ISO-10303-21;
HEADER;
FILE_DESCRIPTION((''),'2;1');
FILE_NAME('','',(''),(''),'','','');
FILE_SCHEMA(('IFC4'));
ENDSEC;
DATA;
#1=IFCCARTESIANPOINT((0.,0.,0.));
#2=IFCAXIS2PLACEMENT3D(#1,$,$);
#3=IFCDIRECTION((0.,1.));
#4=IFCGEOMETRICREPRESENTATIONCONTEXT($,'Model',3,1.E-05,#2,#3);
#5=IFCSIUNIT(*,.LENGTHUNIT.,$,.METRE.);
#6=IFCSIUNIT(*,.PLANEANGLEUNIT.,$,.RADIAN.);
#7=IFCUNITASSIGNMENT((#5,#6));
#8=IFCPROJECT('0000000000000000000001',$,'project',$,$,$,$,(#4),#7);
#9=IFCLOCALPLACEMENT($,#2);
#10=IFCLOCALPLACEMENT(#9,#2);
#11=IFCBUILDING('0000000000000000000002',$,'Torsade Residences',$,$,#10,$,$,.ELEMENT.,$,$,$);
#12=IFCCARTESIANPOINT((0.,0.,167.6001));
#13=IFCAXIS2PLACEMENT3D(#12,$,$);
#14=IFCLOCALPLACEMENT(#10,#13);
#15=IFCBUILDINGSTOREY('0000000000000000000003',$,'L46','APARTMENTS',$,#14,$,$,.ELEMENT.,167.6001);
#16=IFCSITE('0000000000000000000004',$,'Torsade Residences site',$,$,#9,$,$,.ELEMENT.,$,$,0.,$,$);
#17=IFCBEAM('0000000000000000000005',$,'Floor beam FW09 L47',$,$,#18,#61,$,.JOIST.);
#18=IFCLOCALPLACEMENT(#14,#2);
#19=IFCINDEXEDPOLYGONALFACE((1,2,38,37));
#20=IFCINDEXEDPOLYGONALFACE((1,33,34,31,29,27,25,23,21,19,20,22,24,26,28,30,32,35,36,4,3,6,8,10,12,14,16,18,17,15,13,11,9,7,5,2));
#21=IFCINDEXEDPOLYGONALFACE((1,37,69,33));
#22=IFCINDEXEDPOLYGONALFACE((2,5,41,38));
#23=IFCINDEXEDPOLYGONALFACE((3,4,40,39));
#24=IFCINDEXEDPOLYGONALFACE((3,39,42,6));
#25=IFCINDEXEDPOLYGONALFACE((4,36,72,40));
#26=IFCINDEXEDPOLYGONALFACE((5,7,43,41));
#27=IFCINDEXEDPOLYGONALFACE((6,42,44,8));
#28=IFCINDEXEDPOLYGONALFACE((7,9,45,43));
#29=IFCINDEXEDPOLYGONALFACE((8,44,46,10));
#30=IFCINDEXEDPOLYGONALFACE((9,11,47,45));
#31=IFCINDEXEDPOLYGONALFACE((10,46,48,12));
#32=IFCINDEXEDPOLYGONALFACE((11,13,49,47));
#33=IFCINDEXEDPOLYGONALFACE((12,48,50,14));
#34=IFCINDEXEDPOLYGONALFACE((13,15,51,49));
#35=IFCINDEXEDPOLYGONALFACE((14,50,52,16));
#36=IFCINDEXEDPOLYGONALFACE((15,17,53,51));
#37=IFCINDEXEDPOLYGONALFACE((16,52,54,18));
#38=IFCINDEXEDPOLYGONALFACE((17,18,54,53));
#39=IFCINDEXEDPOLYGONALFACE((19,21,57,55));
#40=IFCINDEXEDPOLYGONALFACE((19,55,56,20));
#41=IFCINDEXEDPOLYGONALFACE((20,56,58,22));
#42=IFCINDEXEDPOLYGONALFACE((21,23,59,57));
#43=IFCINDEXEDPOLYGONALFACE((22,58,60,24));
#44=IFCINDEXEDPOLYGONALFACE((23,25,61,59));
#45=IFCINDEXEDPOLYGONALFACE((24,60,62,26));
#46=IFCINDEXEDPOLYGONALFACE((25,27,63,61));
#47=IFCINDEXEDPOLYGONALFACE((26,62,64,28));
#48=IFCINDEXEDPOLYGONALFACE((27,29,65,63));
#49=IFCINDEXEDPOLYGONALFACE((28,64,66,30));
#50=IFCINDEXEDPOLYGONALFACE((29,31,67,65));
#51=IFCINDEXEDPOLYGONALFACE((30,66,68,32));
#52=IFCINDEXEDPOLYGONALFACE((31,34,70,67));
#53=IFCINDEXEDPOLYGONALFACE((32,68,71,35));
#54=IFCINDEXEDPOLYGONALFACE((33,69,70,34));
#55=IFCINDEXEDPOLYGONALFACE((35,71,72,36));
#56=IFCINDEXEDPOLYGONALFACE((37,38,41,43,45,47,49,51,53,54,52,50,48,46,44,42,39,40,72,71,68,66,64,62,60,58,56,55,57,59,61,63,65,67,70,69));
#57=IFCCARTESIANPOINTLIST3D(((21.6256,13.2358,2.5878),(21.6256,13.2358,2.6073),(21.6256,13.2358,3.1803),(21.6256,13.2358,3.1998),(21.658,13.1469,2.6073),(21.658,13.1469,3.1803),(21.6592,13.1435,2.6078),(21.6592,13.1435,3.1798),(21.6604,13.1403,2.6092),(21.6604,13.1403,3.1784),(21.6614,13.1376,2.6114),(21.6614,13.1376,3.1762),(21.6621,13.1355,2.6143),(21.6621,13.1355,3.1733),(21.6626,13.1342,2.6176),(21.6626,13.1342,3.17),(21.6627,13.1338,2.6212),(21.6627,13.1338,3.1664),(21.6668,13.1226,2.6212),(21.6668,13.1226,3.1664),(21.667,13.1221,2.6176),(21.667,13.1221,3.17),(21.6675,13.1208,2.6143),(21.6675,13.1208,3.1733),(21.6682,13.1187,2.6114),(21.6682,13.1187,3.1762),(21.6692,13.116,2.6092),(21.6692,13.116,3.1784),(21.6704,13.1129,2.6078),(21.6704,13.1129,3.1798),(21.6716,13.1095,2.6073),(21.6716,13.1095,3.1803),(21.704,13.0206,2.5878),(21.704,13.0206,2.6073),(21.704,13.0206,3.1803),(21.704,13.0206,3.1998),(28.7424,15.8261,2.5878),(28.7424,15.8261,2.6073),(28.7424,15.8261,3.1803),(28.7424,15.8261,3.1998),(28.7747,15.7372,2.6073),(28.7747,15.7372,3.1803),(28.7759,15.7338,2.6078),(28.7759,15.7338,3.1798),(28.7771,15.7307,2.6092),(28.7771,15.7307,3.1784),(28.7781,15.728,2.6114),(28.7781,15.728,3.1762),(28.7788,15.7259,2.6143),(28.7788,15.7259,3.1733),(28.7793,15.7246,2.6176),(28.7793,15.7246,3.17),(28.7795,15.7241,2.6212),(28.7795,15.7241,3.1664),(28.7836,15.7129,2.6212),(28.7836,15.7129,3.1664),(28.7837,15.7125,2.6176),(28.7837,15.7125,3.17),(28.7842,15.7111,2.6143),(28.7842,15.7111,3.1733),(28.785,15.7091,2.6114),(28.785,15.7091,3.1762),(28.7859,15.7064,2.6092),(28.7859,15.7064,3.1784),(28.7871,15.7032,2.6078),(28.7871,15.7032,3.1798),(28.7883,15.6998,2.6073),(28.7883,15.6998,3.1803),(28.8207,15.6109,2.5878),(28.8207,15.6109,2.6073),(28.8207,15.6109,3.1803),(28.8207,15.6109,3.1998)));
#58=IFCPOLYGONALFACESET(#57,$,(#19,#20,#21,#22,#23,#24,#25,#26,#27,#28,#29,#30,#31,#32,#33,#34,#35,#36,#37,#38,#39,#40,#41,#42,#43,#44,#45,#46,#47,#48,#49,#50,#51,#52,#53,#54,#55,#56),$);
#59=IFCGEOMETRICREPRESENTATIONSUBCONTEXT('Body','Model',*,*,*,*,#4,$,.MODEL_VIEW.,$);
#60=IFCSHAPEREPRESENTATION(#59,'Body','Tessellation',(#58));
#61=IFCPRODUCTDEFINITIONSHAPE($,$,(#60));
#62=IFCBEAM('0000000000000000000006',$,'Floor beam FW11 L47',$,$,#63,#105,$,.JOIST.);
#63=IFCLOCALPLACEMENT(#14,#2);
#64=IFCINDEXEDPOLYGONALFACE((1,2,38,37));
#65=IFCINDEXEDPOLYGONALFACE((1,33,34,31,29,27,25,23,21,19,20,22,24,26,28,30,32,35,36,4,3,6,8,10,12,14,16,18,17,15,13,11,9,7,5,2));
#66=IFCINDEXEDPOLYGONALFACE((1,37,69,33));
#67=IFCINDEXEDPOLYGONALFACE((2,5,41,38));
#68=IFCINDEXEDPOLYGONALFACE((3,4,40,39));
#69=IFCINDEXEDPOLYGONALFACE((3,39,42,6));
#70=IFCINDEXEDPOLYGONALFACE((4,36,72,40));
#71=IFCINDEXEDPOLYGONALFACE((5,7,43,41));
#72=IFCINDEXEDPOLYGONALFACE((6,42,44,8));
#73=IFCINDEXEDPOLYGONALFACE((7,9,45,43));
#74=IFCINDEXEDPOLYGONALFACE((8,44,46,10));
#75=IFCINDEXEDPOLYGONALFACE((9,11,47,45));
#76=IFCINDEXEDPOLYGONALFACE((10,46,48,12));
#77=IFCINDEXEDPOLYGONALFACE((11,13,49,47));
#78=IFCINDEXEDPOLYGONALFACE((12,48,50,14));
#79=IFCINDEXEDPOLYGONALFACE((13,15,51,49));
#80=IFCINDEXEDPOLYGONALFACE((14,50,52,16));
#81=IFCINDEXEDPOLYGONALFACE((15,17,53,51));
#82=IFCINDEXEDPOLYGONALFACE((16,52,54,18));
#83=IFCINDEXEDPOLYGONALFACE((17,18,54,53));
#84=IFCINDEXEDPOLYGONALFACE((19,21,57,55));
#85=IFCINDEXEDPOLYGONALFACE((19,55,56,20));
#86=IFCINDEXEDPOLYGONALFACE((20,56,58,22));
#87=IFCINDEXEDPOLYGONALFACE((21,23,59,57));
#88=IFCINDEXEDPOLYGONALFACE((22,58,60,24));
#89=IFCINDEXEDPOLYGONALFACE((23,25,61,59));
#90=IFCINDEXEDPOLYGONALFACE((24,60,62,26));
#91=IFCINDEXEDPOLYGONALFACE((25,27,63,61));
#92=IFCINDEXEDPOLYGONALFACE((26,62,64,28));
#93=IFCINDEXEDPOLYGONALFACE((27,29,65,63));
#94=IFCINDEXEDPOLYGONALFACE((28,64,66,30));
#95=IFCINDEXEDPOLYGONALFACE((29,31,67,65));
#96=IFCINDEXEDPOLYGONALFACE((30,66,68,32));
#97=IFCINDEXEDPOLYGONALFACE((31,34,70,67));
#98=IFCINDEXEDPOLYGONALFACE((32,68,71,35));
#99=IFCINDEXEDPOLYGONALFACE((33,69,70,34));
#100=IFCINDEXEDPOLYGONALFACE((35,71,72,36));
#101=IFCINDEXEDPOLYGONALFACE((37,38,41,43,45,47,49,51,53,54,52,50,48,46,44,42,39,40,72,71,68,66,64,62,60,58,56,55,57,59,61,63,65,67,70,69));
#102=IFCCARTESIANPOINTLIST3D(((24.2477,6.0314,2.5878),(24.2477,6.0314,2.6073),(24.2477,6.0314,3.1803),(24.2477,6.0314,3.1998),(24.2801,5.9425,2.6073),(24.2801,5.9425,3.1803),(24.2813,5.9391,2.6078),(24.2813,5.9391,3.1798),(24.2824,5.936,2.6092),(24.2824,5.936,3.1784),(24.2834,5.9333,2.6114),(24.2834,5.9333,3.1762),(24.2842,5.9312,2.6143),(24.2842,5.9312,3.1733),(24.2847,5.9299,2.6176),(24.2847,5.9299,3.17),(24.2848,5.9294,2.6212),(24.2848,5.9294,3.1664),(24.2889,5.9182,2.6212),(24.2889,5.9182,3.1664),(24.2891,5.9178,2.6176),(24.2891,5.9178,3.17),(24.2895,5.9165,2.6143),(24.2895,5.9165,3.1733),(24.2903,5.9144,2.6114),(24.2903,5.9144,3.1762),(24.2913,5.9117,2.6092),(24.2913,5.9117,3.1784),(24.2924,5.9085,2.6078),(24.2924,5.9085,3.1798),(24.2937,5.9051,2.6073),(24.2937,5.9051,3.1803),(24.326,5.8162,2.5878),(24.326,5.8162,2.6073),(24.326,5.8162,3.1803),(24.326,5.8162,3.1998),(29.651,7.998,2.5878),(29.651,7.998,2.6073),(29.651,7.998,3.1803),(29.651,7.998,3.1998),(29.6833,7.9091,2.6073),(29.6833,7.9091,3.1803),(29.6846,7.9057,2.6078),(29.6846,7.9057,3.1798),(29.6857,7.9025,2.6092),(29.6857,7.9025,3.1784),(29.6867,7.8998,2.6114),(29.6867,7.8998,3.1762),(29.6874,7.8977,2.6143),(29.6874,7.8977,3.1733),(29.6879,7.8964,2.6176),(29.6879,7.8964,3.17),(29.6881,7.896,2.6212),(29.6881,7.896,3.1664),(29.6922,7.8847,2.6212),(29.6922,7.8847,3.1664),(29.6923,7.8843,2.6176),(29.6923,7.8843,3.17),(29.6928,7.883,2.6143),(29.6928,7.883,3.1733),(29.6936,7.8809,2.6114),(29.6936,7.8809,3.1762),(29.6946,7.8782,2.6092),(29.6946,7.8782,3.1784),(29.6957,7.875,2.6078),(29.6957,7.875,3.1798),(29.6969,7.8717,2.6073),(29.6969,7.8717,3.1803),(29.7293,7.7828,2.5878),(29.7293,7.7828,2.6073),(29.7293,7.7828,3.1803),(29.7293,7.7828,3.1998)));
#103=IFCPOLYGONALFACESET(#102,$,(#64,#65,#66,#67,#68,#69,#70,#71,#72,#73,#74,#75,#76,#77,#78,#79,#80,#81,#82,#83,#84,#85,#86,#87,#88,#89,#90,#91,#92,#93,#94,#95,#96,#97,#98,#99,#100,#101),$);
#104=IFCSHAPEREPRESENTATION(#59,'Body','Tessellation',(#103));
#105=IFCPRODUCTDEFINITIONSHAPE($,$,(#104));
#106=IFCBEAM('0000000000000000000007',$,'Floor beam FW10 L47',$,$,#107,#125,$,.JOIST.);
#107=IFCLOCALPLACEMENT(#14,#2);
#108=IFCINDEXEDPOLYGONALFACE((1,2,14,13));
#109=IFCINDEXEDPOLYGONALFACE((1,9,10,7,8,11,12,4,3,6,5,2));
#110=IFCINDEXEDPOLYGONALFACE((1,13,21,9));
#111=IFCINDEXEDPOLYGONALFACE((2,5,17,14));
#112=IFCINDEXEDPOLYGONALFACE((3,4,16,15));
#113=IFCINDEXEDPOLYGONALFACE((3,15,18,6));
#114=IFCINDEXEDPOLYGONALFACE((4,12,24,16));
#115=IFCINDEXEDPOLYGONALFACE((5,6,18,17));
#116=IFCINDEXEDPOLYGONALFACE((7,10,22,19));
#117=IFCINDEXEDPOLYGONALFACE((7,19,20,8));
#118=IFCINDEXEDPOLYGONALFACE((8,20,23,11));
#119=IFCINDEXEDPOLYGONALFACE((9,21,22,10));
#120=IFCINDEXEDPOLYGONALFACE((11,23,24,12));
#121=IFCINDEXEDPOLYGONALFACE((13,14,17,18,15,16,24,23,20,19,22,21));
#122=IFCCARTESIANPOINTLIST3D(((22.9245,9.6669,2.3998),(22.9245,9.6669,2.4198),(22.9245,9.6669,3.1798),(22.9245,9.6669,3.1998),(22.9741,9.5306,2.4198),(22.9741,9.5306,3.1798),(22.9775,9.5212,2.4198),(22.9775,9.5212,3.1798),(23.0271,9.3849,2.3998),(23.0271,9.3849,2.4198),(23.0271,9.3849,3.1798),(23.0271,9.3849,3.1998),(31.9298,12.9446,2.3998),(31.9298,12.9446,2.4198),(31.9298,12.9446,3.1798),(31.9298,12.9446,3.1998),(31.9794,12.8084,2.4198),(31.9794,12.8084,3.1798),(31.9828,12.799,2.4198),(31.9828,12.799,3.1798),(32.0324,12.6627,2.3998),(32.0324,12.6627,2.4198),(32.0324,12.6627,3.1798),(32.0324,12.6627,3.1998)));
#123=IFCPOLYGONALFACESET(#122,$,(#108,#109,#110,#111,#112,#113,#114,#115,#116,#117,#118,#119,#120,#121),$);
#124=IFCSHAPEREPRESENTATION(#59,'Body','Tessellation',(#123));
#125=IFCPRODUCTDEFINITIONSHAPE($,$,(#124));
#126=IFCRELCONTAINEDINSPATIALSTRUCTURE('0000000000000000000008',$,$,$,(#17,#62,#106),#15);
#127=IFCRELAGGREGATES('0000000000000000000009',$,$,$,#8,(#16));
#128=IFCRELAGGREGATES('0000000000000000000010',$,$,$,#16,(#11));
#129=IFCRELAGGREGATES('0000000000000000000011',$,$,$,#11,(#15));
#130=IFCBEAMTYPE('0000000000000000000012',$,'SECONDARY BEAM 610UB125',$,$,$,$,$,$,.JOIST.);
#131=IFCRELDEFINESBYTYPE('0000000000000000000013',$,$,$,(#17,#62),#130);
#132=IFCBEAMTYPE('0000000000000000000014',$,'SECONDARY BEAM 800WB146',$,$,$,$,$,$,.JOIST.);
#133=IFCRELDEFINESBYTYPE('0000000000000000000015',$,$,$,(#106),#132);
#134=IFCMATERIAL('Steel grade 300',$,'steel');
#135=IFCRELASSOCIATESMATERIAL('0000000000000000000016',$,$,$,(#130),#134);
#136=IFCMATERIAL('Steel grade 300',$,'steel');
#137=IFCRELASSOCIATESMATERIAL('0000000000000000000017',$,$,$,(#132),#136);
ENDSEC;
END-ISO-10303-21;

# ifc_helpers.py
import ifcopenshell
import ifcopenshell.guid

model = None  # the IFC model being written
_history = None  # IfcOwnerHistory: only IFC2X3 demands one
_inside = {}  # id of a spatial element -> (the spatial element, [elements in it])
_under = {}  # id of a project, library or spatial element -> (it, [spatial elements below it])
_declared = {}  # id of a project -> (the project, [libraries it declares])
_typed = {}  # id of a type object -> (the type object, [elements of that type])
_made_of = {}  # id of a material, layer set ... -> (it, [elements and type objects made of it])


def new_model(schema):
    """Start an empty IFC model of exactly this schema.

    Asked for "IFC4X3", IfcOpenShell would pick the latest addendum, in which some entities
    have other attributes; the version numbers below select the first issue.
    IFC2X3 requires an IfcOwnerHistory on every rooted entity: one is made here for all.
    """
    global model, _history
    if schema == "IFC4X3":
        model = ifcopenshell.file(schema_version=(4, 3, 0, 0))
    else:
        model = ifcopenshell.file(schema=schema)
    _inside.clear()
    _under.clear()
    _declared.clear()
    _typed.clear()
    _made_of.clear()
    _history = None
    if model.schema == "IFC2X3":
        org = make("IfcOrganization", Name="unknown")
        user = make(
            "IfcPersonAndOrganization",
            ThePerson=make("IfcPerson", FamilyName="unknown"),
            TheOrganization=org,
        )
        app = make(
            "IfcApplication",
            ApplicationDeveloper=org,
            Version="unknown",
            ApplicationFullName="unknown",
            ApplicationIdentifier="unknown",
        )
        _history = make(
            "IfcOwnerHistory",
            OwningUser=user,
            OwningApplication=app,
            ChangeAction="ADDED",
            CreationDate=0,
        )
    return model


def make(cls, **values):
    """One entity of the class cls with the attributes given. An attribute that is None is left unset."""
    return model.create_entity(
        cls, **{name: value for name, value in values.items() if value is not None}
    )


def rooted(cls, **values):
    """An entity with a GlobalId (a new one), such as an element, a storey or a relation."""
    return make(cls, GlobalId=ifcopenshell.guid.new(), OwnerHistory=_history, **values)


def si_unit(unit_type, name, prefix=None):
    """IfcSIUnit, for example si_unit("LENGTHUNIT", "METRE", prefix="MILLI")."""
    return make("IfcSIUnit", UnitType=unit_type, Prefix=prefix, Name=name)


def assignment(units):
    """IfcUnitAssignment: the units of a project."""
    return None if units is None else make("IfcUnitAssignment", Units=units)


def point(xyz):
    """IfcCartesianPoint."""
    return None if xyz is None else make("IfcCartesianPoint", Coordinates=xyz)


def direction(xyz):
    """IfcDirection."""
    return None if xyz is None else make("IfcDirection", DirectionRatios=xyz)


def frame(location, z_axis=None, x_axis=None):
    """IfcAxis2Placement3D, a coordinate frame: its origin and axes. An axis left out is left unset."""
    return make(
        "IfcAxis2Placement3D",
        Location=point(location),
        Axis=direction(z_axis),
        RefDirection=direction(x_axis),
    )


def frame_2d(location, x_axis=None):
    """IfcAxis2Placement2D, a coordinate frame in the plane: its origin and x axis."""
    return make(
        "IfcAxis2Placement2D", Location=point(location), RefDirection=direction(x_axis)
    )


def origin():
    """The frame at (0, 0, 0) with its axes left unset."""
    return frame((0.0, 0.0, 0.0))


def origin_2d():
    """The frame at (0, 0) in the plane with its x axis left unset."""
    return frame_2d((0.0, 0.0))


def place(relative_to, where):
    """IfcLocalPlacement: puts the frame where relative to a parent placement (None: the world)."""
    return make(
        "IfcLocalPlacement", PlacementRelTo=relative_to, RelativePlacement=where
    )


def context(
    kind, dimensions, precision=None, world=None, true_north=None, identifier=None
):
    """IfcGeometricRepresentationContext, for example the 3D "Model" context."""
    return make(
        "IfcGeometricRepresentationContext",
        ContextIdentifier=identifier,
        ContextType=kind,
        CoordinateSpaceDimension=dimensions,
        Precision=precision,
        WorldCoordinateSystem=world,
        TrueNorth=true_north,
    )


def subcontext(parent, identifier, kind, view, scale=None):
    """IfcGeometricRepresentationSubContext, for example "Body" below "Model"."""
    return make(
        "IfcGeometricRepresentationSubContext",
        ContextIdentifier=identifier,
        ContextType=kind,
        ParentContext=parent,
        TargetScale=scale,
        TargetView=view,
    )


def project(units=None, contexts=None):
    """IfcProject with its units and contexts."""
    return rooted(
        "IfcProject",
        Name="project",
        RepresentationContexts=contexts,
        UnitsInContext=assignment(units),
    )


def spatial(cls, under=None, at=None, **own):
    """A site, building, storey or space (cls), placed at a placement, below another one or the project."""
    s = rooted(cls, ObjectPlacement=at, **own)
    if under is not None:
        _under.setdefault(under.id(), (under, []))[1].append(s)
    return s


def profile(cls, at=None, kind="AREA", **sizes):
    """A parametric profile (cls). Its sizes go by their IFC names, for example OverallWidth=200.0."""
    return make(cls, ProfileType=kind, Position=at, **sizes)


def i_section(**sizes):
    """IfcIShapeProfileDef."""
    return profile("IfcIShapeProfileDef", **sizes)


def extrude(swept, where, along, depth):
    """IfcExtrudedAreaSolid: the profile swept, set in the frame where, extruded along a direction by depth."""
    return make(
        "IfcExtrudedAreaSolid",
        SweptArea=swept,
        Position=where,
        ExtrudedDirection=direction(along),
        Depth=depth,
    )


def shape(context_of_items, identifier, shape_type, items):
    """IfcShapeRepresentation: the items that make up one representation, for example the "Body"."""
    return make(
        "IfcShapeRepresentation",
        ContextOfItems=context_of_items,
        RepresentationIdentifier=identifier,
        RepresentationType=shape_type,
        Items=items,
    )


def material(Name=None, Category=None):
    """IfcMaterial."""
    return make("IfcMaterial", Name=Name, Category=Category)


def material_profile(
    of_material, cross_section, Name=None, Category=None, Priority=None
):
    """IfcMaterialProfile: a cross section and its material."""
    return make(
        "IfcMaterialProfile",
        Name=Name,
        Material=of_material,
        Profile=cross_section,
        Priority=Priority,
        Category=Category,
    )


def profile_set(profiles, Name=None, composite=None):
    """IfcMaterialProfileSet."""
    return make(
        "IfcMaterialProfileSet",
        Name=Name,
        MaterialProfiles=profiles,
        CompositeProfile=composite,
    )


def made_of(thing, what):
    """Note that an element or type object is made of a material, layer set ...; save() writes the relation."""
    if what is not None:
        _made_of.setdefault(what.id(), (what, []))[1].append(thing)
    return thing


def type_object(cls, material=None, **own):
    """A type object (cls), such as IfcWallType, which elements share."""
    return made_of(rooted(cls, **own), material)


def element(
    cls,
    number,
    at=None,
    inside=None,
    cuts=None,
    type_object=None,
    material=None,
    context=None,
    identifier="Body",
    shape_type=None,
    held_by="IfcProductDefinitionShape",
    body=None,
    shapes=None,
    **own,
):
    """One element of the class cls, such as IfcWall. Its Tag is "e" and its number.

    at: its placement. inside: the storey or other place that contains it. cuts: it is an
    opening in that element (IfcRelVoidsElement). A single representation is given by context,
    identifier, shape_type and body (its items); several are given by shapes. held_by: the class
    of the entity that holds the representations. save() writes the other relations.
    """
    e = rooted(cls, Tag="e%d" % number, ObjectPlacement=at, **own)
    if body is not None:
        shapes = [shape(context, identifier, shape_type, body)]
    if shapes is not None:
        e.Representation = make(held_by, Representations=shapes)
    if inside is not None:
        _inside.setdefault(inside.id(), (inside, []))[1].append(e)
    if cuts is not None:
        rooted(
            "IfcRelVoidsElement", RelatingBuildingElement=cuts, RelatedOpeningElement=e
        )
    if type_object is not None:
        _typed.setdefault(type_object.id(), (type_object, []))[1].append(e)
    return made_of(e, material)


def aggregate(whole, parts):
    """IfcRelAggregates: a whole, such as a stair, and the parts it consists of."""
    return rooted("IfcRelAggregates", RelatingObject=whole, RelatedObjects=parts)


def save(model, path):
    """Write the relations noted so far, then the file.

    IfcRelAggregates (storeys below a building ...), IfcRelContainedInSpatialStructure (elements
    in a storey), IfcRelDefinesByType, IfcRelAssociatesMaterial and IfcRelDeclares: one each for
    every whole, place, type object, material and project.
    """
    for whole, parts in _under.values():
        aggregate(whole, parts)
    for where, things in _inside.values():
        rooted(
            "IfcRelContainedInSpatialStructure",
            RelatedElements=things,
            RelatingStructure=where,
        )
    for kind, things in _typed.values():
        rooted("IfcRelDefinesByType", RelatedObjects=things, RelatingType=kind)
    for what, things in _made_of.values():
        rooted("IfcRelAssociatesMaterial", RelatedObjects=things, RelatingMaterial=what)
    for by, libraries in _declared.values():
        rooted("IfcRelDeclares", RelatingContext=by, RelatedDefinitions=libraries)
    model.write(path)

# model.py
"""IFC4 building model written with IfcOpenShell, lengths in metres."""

from ifc_helpers import new_model, si_unit, direction, frame, origin, origin_2d, place, context, subcontext, project, spatial, i_section, extrude, material, material_profile, profile_set, type_object, element, save


model = new_model("IFC4")

# Units and contexts
model_context = context("Model", 3, precision=1e-05, world=origin(), true_north=direction((0.0, 1.0)))
body_context = subcontext(model_context, "Body", "Model", "MODEL_VIEW")
ifc_project = project(units=[si_unit("LENGTHUNIT", "METRE"), si_unit("PLANEANGLEUNIT", "RADIAN")], contexts=[model_context])

# Site, building, storey
site_placement = place(None, origin())
site = spatial("IfcSite", under=ifc_project, at=site_placement, Name="Torsade Residences site", CompositionType="ELEMENT", RefElevation=0.0)
building_placement = place(site_placement, origin())
building = spatial("IfcBuilding", under=site, at=building_placement, Name="Torsade Residences", CompositionType="ELEMENT")
storey_placement = place(building_placement, frame((0.0, 0.0, 167.6001)))
storey = spatial("IfcBuildingStorey", under=building, at=storey_placement, Name="L46", Description="APARTMENTS", CompositionType="ELEMENT", Elevation=167.6001)

# Beams
ifc_material_1 = material(Name="Steel grade 300", Category="steel")
ifc_material_profile_1 = material_profile(ifc_material_1, i_section(OverallWidth=0.229, OverallDepth=0.6121, WebThickness=0.012, FlangeThickness=0.0195, FilletRadius=0.0139, at=origin_2d()), Name="610UB125")
ifc_profile_set_1 = profile_set([ifc_material_profile_1], Name="Steel grade 300")
beam_type_1 = type_object("IfcBeamType", Name="SECONDARY BEAM 610UB125", PredefinedType="JOIST", material=ifc_profile_set_1)
beam_1_placement = place(storey_placement, frame((21.6648, 13.1282, 2.8938), z_axis=(0.93969, 0.342028, 0.0), x_axis=(-0.342028, 0.93969, 0.0)))
element("IfcBeam", 1, at=beam_1_placement, inside=storey, type_object=beam_type_1, Name="Floor beam FW09 L47", PredefinedType="JOIST", context=body_context, shape_type="SweptSolid", body=[
    extrude(i_section(OverallWidth=0.229, OverallDepth=0.6121, WebThickness=0.012, FlangeThickness=0.0195, FilletRadius=0.0139, at=origin_2d()), origin(), (0.0, 0.0, 1.0), 7.5735),
])
beam_2_placement = place(storey_placement, frame((24.2869, 5.9238, 2.8938), z_axis=(0.939698, 0.342006, 0.0), x_axis=(-0.342006, 0.939698, 0.0)))
element("IfcBeam", 2, at=beam_2_placement, inside=storey, type_object=beam_type_1, Name="Floor beam FW11 L47", PredefinedType="JOIST", context=body_context, shape_type="SweptSolid", body=[
    extrude(i_section(OverallWidth=0.229, OverallDepth=0.6121, WebThickness=0.012, FlangeThickness=0.0195, FilletRadius=0.0139, at=origin_2d()), origin(), (0.0, 0.0, 1.0), 5.75),
])
ifc_material_2 = material(Name="Steel grade 300", Category="steel")
ifc_material_profile_2 = material_profile(ifc_material_2, i_section(OverallWidth=0.3, OverallDepth=0.8, WebThickness=0.01, FlangeThickness=0.02, at=origin_2d()), Name="800WB146")
ifc_profile_set_2 = profile_set([ifc_material_profile_2], Name="Steel grade 300")
beam_type_2 = type_object("IfcBeamType", Name="SECONDARY BEAM 800WB146", PredefinedType="JOIST", material=ifc_profile_set_2)
beam_3_placement = place(storey_placement, frame((22.9758, 9.5259, 2.7998), z_axis=(0.939688, 0.342034, 0.0), x_axis=(-0.342034, 0.939688, 0.0)))
element("IfcBeam", 3, at=beam_3_placement, inside=storey, type_object=beam_type_2, Name="Floor beam FW10 L47", PredefinedType="JOIST", context=body_context, shape_type="SweptSolid", body=[
    extrude(i_section(OverallWidth=0.3, OverallDepth=0.8, WebThickness=0.01, FlangeThickness=0.02, at=origin_2d()), origin(), (0.0, 0.0, 1.0), 9.5833),
])

save(model, "model.ifc")
